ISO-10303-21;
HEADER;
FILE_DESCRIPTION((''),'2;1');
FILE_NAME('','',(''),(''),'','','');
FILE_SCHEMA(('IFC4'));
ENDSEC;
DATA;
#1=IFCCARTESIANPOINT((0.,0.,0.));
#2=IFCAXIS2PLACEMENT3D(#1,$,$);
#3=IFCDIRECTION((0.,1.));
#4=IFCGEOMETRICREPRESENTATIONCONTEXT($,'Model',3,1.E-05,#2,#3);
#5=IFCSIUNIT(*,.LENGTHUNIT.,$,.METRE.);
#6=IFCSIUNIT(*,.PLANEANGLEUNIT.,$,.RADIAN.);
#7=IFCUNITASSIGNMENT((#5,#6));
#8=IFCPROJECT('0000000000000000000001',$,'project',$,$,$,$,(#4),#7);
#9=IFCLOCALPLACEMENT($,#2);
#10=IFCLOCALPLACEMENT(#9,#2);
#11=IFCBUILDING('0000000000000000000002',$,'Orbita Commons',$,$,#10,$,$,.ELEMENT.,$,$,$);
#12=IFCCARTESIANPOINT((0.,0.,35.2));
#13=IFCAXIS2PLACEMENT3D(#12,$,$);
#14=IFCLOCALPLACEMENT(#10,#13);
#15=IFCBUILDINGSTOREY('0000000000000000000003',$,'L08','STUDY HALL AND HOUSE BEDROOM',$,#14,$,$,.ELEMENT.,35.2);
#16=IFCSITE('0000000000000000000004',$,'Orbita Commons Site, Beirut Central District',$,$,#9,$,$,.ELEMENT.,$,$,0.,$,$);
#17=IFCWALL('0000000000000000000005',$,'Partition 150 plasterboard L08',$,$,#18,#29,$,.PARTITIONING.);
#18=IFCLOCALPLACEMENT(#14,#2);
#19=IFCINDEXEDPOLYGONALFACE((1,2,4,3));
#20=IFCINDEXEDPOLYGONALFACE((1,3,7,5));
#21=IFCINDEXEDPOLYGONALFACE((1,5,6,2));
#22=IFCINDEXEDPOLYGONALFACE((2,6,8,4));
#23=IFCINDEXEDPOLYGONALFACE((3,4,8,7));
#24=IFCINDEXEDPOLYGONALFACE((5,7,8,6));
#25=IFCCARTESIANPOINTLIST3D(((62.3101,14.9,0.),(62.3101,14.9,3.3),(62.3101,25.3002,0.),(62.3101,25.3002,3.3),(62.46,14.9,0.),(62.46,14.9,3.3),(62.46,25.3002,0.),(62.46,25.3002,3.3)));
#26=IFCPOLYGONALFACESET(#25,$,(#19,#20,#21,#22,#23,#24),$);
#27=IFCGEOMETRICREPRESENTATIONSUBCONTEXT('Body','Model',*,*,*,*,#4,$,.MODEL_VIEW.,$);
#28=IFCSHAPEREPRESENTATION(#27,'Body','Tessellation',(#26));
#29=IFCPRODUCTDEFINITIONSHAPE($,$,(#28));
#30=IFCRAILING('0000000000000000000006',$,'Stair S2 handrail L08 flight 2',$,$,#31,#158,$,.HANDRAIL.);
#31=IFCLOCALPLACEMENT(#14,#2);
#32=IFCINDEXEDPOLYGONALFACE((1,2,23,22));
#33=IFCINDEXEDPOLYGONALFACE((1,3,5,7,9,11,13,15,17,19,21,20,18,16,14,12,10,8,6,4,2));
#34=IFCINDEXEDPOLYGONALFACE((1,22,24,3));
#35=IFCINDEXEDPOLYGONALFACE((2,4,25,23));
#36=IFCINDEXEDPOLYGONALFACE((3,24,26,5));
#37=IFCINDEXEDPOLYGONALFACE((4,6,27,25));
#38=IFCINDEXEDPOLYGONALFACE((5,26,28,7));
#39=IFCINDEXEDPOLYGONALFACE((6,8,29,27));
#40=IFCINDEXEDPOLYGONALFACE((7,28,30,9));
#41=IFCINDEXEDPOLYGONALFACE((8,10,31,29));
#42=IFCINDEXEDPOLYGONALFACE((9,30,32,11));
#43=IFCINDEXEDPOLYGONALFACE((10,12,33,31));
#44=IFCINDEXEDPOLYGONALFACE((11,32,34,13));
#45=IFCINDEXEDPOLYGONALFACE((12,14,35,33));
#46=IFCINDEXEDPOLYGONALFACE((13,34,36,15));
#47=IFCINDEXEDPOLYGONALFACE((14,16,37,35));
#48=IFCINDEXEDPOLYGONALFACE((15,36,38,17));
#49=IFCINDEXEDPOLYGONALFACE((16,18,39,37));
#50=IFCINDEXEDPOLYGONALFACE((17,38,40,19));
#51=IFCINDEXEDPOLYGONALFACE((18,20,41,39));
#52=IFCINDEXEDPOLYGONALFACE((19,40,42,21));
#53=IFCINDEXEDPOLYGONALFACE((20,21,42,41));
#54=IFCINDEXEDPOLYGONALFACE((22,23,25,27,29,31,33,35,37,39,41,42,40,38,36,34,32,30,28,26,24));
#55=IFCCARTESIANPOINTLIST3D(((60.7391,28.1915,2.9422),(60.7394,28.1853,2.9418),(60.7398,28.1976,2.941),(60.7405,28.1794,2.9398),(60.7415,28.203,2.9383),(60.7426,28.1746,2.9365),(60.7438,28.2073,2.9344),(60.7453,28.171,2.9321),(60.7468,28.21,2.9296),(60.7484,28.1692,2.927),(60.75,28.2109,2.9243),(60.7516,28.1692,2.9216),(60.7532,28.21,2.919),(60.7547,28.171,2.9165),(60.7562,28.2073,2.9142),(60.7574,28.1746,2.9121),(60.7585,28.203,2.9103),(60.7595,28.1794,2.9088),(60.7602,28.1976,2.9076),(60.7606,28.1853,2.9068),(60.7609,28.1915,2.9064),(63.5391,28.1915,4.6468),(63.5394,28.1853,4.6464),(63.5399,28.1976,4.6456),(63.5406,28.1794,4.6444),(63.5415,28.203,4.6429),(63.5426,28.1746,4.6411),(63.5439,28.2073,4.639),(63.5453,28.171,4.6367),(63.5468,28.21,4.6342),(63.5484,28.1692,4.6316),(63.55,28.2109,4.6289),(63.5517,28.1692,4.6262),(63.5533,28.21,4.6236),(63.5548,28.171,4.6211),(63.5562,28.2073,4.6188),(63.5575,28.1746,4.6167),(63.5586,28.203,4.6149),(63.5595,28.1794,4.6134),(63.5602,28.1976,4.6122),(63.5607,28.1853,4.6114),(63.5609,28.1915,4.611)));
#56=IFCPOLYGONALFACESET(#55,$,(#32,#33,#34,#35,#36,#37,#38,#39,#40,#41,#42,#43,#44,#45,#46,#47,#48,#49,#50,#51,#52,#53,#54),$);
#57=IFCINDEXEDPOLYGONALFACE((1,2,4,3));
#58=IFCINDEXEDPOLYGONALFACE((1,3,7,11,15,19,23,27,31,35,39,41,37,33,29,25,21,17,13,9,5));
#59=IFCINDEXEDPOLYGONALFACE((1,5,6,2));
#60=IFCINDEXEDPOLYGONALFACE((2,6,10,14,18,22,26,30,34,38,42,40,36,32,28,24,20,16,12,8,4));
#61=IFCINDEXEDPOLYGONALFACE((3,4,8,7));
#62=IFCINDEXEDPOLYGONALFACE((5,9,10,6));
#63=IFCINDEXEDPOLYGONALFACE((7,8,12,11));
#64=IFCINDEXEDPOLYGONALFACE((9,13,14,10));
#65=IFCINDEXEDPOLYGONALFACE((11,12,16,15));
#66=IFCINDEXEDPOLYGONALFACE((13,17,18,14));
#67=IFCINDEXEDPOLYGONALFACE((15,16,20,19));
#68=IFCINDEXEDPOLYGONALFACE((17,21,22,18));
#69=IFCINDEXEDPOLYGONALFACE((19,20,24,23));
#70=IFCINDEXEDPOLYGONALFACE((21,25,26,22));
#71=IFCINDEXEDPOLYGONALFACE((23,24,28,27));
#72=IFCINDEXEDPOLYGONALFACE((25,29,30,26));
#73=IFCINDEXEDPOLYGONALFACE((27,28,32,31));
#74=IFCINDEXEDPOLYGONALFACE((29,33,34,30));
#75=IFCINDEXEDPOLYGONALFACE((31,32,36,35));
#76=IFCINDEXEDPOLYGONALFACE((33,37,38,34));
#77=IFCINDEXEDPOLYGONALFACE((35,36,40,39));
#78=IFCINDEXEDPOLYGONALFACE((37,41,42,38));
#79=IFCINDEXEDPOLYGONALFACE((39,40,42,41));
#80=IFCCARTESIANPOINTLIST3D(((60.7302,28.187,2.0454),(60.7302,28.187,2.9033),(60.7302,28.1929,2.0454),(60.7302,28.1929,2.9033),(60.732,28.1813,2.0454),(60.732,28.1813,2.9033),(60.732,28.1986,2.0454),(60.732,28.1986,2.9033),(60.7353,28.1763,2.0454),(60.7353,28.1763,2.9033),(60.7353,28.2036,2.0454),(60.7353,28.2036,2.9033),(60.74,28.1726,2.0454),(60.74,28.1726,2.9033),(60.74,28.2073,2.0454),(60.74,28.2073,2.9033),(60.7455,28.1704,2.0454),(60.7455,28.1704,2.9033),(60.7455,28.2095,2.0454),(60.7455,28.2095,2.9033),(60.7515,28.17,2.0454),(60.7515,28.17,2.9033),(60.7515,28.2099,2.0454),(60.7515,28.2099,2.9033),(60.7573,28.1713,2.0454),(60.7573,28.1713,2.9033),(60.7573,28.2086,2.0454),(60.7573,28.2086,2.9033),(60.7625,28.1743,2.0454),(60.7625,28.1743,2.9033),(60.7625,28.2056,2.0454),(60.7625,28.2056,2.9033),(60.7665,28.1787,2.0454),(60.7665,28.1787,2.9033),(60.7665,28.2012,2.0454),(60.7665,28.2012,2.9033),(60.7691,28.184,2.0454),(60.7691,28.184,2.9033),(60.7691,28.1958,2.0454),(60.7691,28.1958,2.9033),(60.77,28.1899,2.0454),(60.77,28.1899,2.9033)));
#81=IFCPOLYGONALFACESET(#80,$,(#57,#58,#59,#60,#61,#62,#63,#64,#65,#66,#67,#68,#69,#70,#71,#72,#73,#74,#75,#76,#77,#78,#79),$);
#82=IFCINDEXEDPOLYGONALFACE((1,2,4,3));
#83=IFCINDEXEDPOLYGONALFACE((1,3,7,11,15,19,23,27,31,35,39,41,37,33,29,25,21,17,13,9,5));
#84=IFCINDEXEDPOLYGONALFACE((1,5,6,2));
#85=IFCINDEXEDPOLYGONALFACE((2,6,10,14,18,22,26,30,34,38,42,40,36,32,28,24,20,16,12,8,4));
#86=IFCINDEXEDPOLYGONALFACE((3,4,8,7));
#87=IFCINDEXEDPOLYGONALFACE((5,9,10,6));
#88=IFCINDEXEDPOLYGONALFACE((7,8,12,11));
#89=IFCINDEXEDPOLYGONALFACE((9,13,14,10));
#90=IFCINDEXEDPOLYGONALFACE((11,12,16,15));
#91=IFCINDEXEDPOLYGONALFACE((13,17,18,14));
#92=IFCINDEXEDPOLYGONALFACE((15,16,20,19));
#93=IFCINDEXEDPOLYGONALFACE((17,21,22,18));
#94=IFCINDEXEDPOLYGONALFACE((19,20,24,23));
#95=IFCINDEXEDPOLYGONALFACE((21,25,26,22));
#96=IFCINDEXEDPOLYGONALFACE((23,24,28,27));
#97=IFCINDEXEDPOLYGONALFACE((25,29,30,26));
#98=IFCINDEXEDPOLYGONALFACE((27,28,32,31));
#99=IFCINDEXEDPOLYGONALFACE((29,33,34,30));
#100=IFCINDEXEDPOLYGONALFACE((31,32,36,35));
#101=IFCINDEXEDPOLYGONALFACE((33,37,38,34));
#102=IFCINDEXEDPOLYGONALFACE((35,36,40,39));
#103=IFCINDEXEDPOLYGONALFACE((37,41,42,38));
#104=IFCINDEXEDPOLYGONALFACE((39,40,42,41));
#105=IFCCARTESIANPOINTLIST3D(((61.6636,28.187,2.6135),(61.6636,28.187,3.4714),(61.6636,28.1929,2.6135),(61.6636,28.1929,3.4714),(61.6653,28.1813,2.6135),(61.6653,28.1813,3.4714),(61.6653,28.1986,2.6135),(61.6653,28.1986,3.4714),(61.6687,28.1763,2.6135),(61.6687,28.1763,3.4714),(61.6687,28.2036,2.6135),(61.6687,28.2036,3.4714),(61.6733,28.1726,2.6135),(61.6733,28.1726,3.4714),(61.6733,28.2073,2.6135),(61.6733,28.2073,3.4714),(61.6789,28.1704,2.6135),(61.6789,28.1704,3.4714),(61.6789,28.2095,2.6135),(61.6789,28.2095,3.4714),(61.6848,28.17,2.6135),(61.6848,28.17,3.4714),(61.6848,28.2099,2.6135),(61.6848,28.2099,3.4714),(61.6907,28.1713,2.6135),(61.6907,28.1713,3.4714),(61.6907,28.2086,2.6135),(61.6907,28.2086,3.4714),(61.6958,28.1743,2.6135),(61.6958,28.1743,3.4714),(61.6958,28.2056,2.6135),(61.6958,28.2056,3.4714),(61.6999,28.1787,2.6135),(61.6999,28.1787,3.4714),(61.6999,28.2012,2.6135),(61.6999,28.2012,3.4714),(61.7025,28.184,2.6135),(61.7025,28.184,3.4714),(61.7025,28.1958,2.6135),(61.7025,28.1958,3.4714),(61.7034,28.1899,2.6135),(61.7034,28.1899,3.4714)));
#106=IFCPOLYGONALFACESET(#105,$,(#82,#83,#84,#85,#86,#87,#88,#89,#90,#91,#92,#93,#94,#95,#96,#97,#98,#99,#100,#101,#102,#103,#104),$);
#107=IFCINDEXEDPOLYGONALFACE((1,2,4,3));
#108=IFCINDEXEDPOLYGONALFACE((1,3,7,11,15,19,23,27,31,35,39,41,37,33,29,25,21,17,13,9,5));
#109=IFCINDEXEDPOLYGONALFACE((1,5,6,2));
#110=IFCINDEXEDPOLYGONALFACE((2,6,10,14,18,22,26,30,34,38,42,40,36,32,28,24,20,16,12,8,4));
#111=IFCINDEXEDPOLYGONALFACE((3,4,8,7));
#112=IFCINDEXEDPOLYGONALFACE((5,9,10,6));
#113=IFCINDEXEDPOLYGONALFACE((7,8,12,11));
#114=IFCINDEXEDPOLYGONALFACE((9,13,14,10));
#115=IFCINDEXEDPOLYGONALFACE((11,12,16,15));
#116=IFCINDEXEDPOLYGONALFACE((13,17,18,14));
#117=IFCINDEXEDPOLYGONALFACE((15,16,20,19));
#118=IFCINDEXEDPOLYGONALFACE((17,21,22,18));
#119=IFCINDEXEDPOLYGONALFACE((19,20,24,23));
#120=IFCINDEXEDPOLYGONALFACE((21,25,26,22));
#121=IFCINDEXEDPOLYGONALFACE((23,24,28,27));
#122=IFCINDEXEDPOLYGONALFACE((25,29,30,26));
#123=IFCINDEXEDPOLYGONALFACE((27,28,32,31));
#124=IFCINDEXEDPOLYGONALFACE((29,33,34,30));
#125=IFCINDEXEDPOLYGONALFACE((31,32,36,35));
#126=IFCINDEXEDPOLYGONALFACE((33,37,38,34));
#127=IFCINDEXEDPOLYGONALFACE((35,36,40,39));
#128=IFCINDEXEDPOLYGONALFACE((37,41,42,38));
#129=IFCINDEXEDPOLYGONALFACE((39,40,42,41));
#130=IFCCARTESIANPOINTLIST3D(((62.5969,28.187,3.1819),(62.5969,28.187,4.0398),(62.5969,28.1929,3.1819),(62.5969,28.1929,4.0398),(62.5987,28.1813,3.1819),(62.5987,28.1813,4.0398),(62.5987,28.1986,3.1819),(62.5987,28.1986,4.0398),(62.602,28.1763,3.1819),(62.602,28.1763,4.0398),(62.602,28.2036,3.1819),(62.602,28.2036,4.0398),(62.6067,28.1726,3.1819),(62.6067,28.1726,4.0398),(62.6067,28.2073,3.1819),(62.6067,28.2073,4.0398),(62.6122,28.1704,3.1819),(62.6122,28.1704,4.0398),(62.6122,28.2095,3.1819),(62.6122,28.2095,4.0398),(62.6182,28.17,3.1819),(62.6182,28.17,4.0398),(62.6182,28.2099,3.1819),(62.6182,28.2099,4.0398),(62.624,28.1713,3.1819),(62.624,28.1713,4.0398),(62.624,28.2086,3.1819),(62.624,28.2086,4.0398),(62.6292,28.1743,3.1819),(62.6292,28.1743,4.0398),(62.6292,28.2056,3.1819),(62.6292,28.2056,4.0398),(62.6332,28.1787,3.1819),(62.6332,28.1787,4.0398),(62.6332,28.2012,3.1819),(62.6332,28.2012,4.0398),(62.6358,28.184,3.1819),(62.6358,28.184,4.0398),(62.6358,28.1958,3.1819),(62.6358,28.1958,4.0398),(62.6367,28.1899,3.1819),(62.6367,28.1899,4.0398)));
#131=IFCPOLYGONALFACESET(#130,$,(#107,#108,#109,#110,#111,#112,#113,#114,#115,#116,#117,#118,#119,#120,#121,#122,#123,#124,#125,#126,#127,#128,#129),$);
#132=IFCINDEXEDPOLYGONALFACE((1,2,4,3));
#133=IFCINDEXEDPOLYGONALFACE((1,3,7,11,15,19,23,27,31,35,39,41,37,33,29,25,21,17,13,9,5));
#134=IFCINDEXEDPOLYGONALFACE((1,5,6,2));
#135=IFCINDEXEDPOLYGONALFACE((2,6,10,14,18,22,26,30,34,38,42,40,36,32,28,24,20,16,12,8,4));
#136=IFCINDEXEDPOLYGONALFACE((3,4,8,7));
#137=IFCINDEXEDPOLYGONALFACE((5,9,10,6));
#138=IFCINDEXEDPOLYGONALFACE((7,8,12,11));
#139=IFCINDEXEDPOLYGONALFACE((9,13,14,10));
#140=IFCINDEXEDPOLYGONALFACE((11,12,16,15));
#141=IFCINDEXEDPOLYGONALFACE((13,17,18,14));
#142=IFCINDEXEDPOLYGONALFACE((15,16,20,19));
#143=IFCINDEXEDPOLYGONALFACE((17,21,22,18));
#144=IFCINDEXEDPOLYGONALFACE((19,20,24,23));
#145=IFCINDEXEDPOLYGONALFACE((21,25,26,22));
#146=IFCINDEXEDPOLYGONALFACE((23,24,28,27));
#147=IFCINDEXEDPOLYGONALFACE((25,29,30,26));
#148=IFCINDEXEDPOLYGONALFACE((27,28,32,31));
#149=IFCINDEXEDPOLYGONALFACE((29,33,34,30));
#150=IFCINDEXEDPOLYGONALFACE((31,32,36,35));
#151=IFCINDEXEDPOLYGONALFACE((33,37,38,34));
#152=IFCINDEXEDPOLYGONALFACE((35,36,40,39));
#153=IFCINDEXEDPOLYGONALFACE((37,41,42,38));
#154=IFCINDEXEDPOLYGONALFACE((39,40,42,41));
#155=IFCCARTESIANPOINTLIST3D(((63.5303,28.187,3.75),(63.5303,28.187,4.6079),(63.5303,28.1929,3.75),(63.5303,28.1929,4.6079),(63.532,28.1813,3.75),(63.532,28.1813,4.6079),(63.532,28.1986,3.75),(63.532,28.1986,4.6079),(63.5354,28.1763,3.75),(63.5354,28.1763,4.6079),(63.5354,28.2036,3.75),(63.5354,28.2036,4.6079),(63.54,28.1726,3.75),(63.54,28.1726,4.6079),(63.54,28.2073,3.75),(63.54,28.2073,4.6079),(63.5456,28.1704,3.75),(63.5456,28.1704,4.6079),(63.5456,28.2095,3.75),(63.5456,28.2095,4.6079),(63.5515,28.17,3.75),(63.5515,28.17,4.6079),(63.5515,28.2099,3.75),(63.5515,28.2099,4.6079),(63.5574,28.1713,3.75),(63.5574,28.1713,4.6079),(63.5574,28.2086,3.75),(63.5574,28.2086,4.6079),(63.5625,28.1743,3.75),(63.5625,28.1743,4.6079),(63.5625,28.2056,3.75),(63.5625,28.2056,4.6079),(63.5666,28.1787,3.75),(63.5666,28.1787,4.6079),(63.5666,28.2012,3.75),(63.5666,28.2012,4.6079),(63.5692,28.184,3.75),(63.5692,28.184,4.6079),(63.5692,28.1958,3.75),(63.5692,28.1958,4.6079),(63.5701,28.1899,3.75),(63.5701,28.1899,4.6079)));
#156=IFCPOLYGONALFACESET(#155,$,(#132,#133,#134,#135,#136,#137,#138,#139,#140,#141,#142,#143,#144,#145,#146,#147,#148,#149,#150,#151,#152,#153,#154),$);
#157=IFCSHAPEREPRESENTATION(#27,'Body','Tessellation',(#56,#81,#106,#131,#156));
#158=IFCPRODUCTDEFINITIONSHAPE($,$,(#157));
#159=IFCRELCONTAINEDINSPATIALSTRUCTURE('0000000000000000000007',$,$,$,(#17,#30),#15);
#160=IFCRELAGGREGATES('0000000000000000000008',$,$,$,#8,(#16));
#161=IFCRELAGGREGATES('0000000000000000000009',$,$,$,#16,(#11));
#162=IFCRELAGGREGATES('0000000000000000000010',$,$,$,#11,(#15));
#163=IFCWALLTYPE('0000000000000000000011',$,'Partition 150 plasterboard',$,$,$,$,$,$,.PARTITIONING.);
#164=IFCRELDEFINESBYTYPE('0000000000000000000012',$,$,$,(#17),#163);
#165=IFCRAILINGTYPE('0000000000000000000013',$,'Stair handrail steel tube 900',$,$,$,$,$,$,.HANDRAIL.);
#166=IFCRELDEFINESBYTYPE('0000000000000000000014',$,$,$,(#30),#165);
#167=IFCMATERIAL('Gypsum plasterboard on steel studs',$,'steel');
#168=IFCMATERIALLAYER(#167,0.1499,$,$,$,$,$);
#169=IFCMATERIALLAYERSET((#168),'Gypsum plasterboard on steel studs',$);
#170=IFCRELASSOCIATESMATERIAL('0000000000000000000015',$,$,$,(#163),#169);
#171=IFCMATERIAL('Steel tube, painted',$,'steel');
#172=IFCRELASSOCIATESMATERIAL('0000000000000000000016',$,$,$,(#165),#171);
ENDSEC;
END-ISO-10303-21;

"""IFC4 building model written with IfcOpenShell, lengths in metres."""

from ifc_helpers import new_model, si_unit, direction, frame, frame_2d, origin, origin_2d, place, context, subcontext, project, spatial, rectangle, circle, extrude, material, layer, layer_set, type_object, element, save


model = new_model("IFC4")

# Units and contexts
model_context = context("Model", 3, precision=1e-05, world=origin(), true_north=direction((0.0, 1.0)))
body_context = subcontext(model_context, "Body", "Model", "MODEL_VIEW")
ifc_project = project(units=[si_unit("LENGTHUNIT", "METRE"), si_unit("PLANEANGLEUNIT", "RADIAN")], contexts=[model_context])

# Site, building, storey
site_placement = place(None, origin())
site = spatial("IfcSite", under=ifc_project, at=site_placement, Name="Orbita Commons Site, Beirut Central District", CompositionType="ELEMENT", RefElevation=0.0)
building_placement = place(site_placement, origin())
building = spatial("IfcBuilding", under=site, at=building_placement, Name="Orbita Commons", CompositionType="ELEMENT")
storey_placement = place(building_placement, frame((0.0, 0.0, 35.2)))
storey = spatial("IfcBuildingStorey", under=building, at=storey_placement, Name="L08", Description="STUDY HALL AND HOUSE BEDROOM", CompositionType="ELEMENT", Elevation=35.2)

# Wall
ifc_material_1 = material(Name="Gypsum plasterboard on steel studs", Category="steel")
ifc_layer_1 = layer(ifc_material_1, 0.1499)
ifc_layer_set_1 = layer_set([ifc_layer_1], Name="Gypsum plasterboard on steel studs")
wall_type_1 = type_object("IfcWallType", Name="Partition 150 plasterboard", PredefinedType="PARTITIONING", material=ifc_layer_set_1)
wall_1_placement = place(storey_placement, frame((62.385, 14.8999, 0.0), z_axis=(0.0, 0.0, 1.0), x_axis=(0.0, 1.0, 0.0)))
element("IfcWall", 1, at=wall_1_placement, inside=storey, type_object=wall_type_1, Name="Partition 150 plasterboard L08", PredefinedType="PARTITIONING", context=body_context, shape_type="SweptSolid", body=[
    extrude(rectangle(XDim=10.4001, YDim=0.1499, at=frame_2d((5.2002, 0.0))), origin(), (0.0, 0.0, 1.0), 3.3),
])

# Railing
ifc_material_2 = material(Name="Steel tube, painted", Category="steel")
railing_type = type_object("IfcRailingType", Name="Stair handrail steel tube 900", PredefinedType="HANDRAIL", material=ifc_material_2)
for number, where, name in (
    (2, (60.75, 28.1899, 2.0454), "Stair S2 handrail L08 flight 2"),
):
    element("IfcRailing", number, at=place(storey_placement, frame(where)), inside=storey, type_object=railing_type, Name=name, PredefinedType="HANDRAIL", context=body_context, shape_type="SweptSolid", body=[
        extrude(circle(Radius=0.021, at=origin_2d()), frame((0.0, 0.0, 0.8789), z_axis=(0.85417, 0.0, 0.519994), x_axis=(0.0, 1.0, 0.0)), (0.0, 0.0, 1.0), 3.2781),
        extrude(circle(Radius=0.02, at=origin_2d()), origin(), (0.0, 0.0, 1.0), 0.8579),
        extrude(circle(Radius=0.02, at=origin_2d()), frame((0.9333, 0.0, 0.5681)), (0.0, 0.0, 1.0), 0.8579),
        extrude(circle(Radius=0.02, at=origin_2d()), frame((1.8667, 0.0, 1.1365)), (0.0, 0.0, 1.0), 0.8579),
        extrude(circle(Radius=0.02, at=origin_2d()), frame((2.8, 0.0, 1.7046)), (0.0, 0.0, 1.0), 0.8579),
    ])

save(model, "model.ifc")
